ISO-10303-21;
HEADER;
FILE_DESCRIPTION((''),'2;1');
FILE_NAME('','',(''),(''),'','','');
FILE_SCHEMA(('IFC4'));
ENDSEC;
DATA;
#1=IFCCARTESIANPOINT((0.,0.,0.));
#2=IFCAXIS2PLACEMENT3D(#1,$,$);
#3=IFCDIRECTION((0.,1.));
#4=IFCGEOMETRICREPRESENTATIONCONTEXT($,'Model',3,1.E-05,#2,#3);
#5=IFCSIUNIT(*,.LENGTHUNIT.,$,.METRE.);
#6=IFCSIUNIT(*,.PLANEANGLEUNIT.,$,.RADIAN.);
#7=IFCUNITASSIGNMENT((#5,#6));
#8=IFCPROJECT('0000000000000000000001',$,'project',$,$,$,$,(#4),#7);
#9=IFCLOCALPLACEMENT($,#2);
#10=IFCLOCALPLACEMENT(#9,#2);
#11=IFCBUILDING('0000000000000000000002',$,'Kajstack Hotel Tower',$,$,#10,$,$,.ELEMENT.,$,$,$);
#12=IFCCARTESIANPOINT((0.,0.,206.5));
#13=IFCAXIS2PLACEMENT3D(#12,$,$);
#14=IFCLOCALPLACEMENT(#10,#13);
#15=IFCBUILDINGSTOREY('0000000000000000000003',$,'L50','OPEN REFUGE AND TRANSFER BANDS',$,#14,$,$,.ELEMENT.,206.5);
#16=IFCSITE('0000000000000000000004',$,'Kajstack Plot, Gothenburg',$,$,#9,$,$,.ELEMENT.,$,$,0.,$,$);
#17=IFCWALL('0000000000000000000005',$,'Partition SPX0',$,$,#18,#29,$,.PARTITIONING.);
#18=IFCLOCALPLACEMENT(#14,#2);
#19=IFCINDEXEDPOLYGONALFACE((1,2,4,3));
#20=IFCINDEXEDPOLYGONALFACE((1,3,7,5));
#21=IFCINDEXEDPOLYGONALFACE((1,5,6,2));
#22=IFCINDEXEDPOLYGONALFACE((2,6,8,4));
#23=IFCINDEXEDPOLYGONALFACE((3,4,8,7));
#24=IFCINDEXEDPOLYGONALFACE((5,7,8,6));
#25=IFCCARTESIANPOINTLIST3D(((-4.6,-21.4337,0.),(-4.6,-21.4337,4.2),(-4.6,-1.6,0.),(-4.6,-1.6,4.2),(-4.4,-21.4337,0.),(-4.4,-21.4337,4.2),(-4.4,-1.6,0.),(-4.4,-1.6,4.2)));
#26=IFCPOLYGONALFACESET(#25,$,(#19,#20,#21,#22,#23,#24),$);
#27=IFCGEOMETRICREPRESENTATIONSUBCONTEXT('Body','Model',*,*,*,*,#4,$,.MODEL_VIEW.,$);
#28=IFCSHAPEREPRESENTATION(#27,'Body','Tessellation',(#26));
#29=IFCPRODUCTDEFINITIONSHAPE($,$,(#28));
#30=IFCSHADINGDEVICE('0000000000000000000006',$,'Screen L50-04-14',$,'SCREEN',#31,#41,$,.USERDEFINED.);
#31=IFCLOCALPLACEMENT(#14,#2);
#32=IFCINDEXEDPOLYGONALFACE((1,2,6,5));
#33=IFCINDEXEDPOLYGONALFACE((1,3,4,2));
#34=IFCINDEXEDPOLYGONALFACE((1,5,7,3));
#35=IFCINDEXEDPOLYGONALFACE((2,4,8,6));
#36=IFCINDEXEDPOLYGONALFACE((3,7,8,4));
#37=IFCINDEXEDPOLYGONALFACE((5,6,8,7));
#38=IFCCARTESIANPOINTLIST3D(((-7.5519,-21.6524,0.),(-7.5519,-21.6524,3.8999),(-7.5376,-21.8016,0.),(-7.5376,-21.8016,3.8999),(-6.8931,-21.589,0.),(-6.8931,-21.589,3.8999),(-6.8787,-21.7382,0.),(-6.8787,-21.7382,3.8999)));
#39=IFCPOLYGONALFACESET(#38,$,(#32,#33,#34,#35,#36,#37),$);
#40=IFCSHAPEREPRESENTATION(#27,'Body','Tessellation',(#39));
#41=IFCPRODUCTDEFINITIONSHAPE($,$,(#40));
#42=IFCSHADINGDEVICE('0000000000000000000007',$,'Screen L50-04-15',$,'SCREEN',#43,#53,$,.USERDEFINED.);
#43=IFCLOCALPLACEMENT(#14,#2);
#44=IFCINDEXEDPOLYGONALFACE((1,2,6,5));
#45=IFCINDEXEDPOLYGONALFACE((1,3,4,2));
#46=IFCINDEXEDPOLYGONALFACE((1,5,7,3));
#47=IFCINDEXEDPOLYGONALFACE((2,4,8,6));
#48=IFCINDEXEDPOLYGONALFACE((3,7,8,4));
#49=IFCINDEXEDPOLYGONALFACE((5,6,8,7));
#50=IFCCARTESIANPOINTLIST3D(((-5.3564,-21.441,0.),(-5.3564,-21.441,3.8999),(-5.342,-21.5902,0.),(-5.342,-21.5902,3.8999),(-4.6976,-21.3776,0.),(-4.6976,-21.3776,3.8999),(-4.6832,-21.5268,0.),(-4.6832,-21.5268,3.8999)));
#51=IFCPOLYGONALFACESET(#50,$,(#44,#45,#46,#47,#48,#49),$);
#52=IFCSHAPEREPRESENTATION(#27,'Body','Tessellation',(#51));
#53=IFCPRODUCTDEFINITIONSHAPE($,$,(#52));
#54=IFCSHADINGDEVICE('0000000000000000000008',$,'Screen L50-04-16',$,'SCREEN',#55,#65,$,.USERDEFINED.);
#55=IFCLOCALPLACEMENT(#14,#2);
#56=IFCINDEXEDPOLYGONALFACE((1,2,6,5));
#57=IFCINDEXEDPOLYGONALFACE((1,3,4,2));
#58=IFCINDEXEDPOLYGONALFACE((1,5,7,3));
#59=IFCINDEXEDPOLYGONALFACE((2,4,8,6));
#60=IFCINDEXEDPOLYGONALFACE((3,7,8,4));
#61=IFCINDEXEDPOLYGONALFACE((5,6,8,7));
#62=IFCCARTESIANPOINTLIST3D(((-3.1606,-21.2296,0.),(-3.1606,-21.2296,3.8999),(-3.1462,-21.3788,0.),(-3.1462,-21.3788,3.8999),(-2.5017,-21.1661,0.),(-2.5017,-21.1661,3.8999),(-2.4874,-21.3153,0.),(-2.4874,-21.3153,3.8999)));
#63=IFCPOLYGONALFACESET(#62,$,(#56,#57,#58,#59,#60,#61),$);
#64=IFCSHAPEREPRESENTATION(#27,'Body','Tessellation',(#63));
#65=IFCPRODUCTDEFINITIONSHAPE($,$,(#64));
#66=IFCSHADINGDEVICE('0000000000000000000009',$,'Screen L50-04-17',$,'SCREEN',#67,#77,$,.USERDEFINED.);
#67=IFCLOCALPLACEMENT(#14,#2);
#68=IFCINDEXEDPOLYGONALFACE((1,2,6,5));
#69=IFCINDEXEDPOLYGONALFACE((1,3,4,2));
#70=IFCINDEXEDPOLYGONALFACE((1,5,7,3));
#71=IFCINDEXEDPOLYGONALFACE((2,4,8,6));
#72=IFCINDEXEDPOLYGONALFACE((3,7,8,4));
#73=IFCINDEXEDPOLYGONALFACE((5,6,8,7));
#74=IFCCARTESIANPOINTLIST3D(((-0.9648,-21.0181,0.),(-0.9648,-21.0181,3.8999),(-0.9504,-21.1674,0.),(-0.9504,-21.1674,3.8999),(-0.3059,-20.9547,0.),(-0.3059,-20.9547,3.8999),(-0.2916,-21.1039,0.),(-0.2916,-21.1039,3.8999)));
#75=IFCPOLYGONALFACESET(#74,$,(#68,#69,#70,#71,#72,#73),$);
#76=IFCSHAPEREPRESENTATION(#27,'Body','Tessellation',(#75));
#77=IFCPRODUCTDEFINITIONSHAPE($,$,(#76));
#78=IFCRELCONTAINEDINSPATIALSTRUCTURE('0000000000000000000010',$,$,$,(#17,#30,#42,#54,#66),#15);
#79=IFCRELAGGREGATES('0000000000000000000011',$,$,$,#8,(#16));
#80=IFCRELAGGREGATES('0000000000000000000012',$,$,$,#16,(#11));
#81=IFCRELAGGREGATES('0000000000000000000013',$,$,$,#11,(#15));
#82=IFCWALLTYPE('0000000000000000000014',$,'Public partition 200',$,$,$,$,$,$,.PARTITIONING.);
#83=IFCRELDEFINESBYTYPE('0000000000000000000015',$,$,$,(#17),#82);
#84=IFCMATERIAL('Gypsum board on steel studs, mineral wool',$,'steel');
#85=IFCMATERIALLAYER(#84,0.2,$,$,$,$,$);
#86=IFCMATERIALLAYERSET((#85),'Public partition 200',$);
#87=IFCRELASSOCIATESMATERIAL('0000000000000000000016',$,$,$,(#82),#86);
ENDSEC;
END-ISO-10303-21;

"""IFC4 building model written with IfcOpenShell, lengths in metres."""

from ifc_helpers import new_model, si_unit, direction, frame, frame_2d, origin, origin_2d, place, context, subcontext, project, spatial, rectangle, extrude, material, layer, layer_set, type_object, element, save


model = new_model("IFC4")

# Units and contexts
model_context = context("Model", 3, precision=1e-05, world=origin(), true_north=direction((0.0, 1.0)))
body_context = subcontext(model_context, "Body", "Model", "MODEL_VIEW")
ifc_project = project(units=[si_unit("LENGTHUNIT", "METRE"), si_unit("PLANEANGLEUNIT", "RADIAN")], contexts=[model_context])

# Site, building, storey
site_placement = place(None, origin())
site = spatial("IfcSite", under=ifc_project, at=site_placement, Name="Kajstack Plot, Gothenburg", CompositionType="ELEMENT", RefElevation=0.0)
building_placement = place(site_placement, origin())
building = spatial("IfcBuilding", under=site, at=building_placement, Name="Kajstack Hotel Tower", CompositionType="ELEMENT")
storey_placement = place(building_placement, frame((0.0, 0.0, 206.5)))
storey = spatial("IfcBuildingStorey", under=building, at=storey_placement, Name="L50", Description="OPEN REFUGE AND TRANSFER BANDS", CompositionType="ELEMENT", Elevation=206.5)

# Wall
ifc_material_1 = material(Name="Gypsum board on steel studs, mineral wool", Category="steel")
ifc_layer = layer(ifc_material_1, 0.2)
ifc_layer_set = layer_set([ifc_layer], Name="Public partition 200")
wall_type = type_object("IfcWallType", Name="Public partition 200", PredefinedType="PARTITIONING", material=ifc_layer_set)
wall_placement = place(storey_placement, frame((-4.5, -21.4338, 0.0), z_axis=(0.0, 0.0, 1.0), x_axis=(0.0, 1.0, 0.0)))
element("IfcWall", 1, at=wall_placement, inside=storey, type_object=wall_type, Name="Partition SPX0", PredefinedType="PARTITIONING", context=body_context, shape_type="SweptSolid", body=[
    extrude(rectangle(XDim=19.8337, YDim=0.2, at=frame_2d((9.917, 0.0))), origin(), (0.0, 0.0, 1.0), 4.2),
])

# Shading devices
for number, where, z_axis, x_axis, name in (
    (2, (-7.2153, -21.6953, 0.0), (0.0, 0.0, 1.0), (0.995396, 0.095845, 0.0), "Screen L50-04-14"),
    (3, (-5.0198, -21.4839, 0.0), (0.0, 0.0, 1.0), (0.995396, 0.095845, 0.0), "Screen L50-04-15"),
    (4, (-2.824, -21.2725, 0.0), (0.0, 0.0, 1.0), (0.995396, 0.095845, 0.0), "Screen L50-04-16"),
    (5, (-0.6282, -21.061, 0.0), (0.0, 0.0, 1.0), (0.995396, 0.095845, 0.0), "Screen L50-04-17"),
):
    element("IfcShadingDevice", number, at=place(storey_placement, frame(where, z_axis=z_axis, x_axis=x_axis)), inside=storey, Name=name, ObjectType="SCREEN", PredefinedType="USERDEFINED", context=body_context, shape_type="SweptSolid", body=[
        extrude(rectangle(XDim=0.6619, YDim=0.1499, at=origin_2d()), origin(), (0.0, 0.0, 1.0), 3.8999),
    ])

save(model, "model.ifc")
